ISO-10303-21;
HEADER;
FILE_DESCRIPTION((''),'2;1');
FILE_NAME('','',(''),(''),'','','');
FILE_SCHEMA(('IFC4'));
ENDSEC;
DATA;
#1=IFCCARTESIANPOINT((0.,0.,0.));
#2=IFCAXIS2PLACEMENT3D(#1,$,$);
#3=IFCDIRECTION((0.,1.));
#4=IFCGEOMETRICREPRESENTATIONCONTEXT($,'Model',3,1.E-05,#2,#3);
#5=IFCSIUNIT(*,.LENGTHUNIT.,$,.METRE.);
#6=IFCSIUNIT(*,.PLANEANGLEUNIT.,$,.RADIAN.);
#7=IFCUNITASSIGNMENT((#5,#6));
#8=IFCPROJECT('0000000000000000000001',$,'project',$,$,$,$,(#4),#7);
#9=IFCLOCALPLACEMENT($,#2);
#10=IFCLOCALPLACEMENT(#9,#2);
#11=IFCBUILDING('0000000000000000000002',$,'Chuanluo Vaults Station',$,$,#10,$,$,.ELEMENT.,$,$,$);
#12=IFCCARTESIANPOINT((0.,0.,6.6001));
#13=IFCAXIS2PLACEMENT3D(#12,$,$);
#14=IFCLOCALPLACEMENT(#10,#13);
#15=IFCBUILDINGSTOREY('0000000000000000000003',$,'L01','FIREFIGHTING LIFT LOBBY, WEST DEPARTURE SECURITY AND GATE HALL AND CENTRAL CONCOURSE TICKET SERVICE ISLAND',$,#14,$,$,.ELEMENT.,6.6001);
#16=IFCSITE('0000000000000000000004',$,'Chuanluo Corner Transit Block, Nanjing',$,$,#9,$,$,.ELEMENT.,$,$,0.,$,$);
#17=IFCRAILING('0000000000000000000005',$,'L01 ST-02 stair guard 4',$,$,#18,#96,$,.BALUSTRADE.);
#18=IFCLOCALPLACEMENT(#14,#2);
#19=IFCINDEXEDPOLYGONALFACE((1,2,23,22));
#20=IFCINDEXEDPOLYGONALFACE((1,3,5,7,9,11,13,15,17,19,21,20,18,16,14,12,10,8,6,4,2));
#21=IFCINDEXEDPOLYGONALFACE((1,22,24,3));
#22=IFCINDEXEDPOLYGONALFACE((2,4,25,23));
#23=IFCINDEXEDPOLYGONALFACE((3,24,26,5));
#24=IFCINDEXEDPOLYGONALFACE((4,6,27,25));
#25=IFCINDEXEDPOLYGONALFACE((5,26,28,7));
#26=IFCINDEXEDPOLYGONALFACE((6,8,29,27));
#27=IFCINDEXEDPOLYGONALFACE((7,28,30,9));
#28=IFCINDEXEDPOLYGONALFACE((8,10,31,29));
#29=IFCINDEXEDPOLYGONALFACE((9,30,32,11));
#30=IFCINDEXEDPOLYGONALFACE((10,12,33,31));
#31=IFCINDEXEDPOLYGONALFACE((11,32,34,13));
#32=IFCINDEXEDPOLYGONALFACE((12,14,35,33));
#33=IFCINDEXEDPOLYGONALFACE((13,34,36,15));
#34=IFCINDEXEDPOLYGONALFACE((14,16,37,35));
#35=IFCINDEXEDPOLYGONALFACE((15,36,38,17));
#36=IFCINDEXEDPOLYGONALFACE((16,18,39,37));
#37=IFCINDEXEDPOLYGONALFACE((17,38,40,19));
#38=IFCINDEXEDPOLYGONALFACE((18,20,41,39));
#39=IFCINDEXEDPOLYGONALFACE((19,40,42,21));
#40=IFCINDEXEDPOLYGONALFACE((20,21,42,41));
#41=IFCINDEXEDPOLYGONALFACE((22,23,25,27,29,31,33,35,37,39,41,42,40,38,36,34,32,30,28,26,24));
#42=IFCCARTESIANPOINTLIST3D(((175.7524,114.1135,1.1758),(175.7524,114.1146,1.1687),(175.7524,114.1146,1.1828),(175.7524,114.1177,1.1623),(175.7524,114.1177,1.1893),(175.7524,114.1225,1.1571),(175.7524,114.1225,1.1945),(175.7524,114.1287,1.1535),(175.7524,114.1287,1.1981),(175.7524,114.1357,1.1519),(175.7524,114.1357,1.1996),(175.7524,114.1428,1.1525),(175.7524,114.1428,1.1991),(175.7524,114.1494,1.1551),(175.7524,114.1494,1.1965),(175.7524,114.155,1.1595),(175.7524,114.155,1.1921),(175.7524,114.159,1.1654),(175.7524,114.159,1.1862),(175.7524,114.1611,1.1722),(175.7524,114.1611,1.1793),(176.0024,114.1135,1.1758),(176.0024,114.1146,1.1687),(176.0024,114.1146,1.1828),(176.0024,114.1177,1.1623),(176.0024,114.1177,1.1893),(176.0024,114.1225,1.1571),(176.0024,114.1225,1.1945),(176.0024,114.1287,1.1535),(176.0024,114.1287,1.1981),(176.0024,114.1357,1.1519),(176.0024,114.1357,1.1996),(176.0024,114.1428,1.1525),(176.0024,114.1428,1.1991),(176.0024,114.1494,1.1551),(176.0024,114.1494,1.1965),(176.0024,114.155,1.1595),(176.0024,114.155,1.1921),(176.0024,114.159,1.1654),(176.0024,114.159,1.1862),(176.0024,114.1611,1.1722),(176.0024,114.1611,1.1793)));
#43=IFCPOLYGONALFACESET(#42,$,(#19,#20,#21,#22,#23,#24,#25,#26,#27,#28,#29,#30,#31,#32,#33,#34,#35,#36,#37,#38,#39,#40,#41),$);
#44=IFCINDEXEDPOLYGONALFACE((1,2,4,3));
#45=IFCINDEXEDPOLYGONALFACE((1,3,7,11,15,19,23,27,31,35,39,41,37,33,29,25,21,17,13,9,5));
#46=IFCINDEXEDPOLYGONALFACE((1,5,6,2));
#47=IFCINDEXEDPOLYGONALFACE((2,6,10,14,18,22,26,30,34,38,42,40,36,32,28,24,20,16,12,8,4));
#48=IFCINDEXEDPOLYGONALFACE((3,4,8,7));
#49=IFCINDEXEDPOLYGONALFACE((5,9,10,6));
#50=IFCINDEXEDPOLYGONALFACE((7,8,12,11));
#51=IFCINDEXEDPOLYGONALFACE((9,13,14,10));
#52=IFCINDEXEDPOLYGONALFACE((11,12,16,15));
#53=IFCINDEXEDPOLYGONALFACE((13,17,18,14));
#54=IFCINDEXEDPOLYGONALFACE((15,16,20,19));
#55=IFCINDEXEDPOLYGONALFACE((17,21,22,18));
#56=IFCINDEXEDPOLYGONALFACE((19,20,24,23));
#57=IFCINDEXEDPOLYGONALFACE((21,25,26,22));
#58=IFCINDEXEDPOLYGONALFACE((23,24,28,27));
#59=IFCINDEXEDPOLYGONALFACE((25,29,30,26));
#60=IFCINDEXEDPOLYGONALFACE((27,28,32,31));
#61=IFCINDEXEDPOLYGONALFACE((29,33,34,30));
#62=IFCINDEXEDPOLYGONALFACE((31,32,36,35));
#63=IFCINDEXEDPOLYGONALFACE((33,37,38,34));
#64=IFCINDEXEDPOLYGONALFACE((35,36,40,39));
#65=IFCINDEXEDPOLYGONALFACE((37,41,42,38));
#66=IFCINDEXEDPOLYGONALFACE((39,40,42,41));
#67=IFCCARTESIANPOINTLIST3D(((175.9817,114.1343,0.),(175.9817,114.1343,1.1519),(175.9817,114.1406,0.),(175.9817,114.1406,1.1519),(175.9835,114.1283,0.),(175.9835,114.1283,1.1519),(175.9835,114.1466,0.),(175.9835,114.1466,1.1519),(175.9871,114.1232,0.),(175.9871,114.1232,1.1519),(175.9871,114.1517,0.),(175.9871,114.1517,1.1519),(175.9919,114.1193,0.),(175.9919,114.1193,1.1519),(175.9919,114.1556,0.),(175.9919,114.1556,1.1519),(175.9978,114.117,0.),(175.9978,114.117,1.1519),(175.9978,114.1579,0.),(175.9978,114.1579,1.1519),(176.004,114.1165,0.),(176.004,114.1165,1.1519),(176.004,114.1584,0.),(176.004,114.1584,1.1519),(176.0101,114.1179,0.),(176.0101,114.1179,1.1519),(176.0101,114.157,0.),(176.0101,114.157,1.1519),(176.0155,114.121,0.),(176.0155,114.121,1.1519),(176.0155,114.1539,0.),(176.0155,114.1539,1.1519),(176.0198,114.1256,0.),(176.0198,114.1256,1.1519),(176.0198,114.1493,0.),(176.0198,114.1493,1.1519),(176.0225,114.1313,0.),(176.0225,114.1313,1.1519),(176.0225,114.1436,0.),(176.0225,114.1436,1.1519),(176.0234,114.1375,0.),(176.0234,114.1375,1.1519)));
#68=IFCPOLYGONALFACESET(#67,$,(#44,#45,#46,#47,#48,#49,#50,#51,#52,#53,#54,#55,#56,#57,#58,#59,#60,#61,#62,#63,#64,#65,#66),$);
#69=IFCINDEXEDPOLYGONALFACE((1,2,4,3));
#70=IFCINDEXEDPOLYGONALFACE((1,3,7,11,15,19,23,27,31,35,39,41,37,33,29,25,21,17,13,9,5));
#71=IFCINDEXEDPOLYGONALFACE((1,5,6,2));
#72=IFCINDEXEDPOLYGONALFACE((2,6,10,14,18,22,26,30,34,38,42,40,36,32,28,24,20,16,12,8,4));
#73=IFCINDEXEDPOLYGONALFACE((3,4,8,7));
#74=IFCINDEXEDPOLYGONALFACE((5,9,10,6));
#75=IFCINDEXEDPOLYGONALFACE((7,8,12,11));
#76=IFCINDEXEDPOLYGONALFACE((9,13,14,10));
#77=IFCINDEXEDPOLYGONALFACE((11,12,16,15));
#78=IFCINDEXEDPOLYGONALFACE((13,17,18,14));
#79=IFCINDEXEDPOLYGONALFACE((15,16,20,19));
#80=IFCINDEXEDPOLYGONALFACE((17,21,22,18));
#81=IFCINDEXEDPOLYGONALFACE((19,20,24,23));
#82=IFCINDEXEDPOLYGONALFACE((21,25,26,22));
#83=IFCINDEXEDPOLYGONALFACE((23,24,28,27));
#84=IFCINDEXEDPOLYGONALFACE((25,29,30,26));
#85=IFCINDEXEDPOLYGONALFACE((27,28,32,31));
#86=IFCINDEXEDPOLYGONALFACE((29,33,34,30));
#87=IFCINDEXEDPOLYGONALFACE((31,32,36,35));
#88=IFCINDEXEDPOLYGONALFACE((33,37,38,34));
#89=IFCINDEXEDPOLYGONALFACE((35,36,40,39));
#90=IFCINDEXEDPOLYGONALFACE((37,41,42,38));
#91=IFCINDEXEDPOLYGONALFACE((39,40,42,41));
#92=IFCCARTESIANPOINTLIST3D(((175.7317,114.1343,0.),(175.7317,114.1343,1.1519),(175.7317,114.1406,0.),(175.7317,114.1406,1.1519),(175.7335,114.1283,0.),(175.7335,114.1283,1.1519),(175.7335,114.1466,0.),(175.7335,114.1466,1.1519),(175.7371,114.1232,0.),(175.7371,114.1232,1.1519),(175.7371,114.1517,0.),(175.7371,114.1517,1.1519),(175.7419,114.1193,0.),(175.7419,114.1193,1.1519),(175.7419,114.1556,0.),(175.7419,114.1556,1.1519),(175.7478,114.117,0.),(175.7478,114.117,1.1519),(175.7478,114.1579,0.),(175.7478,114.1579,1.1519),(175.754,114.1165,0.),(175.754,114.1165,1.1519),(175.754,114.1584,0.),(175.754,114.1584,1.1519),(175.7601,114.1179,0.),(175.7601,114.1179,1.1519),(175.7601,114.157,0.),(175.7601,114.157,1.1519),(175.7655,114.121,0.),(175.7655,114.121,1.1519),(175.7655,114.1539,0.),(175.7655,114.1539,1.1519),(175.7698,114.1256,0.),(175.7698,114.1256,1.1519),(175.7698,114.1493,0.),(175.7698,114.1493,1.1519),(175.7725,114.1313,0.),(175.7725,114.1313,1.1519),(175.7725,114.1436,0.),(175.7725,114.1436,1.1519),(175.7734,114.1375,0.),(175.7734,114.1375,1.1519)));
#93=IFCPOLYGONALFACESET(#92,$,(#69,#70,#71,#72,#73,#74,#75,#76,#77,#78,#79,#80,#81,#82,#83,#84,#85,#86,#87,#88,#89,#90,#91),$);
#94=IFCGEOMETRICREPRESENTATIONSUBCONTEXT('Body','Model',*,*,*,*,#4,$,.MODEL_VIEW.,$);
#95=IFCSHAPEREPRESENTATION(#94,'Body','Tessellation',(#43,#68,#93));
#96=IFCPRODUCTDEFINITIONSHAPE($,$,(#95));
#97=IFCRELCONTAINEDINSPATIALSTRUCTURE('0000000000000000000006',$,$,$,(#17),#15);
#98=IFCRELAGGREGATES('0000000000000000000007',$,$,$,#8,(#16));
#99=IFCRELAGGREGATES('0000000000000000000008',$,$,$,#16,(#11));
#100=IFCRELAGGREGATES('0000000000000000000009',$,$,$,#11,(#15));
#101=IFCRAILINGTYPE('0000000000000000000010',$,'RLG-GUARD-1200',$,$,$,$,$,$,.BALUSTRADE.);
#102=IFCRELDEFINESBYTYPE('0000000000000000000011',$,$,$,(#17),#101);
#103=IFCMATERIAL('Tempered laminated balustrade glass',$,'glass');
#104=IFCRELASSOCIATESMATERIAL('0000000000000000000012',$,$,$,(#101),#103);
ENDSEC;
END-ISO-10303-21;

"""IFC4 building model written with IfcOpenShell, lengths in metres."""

from ifc_helpers import new_model, si_unit, direction, frame, origin, origin_2d, place, context, subcontext, project, spatial, circle, extrude, material, type_object, element, save


model = new_model("IFC4")

# Units and contexts
model_context = context("Model", 3, precision=1e-05, world=origin(), true_north=direction((0.0, 1.0)))
body_context = subcontext(model_context, "Body", "Model", "MODEL_VIEW")
ifc_project = project(units=[si_unit("LENGTHUNIT", "METRE"), si_unit("PLANEANGLEUNIT", "RADIAN")], contexts=[model_context])

# Site, building, storey
site_placement = place(None, origin())
site = spatial("IfcSite", under=ifc_project, at=site_placement, Name="Chuanluo Corner Transit Block, Nanjing", CompositionType="ELEMENT", RefElevation=0.0)
building_placement = place(site_placement, origin())
building = spatial("IfcBuilding", under=site, at=building_placement, Name="Chuanluo Vaults Station", CompositionType="ELEMENT")
storey_placement = place(building_placement, frame((0.0, 0.0, 6.6001)))
storey = spatial("IfcBuildingStorey", under=building, at=storey_placement, Name="L01", Description="FIREFIGHTING LIFT LOBBY, WEST DEPARTURE SECURITY AND GATE HALL AND CENTRAL CONCOURSE TICKET SERVICE ISLAND", CompositionType="ELEMENT", Elevation=6.6001)

# Railing
ifc_material_1 = material(Name="Tempered laminated balustrade glass", Category="glass")
railing_type_1 = type_object("IfcRailingType", Name="RLG-GUARD-1200", PredefinedType="BALUSTRADE", material=ifc_material_1)
railing_1_placement = place(storey_placement, frame((176.0024, 114.1375, 0.0)))
element("IfcRailing", 1, at=railing_1_placement, inside=storey, type_object=railing_type_1, Name="L01 ST-02 stair guard 4", PredefinedType="BALUSTRADE", context=body_context, shape_type="SweptSolid", body=[
    extrude(circle(Radius=0.0239, at=origin_2d()), frame((0.0, 0.0, 1.1758), z_axis=(-1.0, 0.0, 0.0), x_axis=(0.0, -1.0, 0.0)), (0.0, 0.0, 1.0), 0.25),
    extrude(circle(Radius=0.021, at=origin_2d()), origin(), (0.0, 0.0, 1.0), 1.1519),
    extrude(circle(Radius=0.021, at=origin_2d()), frame((-0.25, 0.0, 0.0)), (0.0, 0.0, 1.0), 1.1519),
])

save(model, "model.ifc")
